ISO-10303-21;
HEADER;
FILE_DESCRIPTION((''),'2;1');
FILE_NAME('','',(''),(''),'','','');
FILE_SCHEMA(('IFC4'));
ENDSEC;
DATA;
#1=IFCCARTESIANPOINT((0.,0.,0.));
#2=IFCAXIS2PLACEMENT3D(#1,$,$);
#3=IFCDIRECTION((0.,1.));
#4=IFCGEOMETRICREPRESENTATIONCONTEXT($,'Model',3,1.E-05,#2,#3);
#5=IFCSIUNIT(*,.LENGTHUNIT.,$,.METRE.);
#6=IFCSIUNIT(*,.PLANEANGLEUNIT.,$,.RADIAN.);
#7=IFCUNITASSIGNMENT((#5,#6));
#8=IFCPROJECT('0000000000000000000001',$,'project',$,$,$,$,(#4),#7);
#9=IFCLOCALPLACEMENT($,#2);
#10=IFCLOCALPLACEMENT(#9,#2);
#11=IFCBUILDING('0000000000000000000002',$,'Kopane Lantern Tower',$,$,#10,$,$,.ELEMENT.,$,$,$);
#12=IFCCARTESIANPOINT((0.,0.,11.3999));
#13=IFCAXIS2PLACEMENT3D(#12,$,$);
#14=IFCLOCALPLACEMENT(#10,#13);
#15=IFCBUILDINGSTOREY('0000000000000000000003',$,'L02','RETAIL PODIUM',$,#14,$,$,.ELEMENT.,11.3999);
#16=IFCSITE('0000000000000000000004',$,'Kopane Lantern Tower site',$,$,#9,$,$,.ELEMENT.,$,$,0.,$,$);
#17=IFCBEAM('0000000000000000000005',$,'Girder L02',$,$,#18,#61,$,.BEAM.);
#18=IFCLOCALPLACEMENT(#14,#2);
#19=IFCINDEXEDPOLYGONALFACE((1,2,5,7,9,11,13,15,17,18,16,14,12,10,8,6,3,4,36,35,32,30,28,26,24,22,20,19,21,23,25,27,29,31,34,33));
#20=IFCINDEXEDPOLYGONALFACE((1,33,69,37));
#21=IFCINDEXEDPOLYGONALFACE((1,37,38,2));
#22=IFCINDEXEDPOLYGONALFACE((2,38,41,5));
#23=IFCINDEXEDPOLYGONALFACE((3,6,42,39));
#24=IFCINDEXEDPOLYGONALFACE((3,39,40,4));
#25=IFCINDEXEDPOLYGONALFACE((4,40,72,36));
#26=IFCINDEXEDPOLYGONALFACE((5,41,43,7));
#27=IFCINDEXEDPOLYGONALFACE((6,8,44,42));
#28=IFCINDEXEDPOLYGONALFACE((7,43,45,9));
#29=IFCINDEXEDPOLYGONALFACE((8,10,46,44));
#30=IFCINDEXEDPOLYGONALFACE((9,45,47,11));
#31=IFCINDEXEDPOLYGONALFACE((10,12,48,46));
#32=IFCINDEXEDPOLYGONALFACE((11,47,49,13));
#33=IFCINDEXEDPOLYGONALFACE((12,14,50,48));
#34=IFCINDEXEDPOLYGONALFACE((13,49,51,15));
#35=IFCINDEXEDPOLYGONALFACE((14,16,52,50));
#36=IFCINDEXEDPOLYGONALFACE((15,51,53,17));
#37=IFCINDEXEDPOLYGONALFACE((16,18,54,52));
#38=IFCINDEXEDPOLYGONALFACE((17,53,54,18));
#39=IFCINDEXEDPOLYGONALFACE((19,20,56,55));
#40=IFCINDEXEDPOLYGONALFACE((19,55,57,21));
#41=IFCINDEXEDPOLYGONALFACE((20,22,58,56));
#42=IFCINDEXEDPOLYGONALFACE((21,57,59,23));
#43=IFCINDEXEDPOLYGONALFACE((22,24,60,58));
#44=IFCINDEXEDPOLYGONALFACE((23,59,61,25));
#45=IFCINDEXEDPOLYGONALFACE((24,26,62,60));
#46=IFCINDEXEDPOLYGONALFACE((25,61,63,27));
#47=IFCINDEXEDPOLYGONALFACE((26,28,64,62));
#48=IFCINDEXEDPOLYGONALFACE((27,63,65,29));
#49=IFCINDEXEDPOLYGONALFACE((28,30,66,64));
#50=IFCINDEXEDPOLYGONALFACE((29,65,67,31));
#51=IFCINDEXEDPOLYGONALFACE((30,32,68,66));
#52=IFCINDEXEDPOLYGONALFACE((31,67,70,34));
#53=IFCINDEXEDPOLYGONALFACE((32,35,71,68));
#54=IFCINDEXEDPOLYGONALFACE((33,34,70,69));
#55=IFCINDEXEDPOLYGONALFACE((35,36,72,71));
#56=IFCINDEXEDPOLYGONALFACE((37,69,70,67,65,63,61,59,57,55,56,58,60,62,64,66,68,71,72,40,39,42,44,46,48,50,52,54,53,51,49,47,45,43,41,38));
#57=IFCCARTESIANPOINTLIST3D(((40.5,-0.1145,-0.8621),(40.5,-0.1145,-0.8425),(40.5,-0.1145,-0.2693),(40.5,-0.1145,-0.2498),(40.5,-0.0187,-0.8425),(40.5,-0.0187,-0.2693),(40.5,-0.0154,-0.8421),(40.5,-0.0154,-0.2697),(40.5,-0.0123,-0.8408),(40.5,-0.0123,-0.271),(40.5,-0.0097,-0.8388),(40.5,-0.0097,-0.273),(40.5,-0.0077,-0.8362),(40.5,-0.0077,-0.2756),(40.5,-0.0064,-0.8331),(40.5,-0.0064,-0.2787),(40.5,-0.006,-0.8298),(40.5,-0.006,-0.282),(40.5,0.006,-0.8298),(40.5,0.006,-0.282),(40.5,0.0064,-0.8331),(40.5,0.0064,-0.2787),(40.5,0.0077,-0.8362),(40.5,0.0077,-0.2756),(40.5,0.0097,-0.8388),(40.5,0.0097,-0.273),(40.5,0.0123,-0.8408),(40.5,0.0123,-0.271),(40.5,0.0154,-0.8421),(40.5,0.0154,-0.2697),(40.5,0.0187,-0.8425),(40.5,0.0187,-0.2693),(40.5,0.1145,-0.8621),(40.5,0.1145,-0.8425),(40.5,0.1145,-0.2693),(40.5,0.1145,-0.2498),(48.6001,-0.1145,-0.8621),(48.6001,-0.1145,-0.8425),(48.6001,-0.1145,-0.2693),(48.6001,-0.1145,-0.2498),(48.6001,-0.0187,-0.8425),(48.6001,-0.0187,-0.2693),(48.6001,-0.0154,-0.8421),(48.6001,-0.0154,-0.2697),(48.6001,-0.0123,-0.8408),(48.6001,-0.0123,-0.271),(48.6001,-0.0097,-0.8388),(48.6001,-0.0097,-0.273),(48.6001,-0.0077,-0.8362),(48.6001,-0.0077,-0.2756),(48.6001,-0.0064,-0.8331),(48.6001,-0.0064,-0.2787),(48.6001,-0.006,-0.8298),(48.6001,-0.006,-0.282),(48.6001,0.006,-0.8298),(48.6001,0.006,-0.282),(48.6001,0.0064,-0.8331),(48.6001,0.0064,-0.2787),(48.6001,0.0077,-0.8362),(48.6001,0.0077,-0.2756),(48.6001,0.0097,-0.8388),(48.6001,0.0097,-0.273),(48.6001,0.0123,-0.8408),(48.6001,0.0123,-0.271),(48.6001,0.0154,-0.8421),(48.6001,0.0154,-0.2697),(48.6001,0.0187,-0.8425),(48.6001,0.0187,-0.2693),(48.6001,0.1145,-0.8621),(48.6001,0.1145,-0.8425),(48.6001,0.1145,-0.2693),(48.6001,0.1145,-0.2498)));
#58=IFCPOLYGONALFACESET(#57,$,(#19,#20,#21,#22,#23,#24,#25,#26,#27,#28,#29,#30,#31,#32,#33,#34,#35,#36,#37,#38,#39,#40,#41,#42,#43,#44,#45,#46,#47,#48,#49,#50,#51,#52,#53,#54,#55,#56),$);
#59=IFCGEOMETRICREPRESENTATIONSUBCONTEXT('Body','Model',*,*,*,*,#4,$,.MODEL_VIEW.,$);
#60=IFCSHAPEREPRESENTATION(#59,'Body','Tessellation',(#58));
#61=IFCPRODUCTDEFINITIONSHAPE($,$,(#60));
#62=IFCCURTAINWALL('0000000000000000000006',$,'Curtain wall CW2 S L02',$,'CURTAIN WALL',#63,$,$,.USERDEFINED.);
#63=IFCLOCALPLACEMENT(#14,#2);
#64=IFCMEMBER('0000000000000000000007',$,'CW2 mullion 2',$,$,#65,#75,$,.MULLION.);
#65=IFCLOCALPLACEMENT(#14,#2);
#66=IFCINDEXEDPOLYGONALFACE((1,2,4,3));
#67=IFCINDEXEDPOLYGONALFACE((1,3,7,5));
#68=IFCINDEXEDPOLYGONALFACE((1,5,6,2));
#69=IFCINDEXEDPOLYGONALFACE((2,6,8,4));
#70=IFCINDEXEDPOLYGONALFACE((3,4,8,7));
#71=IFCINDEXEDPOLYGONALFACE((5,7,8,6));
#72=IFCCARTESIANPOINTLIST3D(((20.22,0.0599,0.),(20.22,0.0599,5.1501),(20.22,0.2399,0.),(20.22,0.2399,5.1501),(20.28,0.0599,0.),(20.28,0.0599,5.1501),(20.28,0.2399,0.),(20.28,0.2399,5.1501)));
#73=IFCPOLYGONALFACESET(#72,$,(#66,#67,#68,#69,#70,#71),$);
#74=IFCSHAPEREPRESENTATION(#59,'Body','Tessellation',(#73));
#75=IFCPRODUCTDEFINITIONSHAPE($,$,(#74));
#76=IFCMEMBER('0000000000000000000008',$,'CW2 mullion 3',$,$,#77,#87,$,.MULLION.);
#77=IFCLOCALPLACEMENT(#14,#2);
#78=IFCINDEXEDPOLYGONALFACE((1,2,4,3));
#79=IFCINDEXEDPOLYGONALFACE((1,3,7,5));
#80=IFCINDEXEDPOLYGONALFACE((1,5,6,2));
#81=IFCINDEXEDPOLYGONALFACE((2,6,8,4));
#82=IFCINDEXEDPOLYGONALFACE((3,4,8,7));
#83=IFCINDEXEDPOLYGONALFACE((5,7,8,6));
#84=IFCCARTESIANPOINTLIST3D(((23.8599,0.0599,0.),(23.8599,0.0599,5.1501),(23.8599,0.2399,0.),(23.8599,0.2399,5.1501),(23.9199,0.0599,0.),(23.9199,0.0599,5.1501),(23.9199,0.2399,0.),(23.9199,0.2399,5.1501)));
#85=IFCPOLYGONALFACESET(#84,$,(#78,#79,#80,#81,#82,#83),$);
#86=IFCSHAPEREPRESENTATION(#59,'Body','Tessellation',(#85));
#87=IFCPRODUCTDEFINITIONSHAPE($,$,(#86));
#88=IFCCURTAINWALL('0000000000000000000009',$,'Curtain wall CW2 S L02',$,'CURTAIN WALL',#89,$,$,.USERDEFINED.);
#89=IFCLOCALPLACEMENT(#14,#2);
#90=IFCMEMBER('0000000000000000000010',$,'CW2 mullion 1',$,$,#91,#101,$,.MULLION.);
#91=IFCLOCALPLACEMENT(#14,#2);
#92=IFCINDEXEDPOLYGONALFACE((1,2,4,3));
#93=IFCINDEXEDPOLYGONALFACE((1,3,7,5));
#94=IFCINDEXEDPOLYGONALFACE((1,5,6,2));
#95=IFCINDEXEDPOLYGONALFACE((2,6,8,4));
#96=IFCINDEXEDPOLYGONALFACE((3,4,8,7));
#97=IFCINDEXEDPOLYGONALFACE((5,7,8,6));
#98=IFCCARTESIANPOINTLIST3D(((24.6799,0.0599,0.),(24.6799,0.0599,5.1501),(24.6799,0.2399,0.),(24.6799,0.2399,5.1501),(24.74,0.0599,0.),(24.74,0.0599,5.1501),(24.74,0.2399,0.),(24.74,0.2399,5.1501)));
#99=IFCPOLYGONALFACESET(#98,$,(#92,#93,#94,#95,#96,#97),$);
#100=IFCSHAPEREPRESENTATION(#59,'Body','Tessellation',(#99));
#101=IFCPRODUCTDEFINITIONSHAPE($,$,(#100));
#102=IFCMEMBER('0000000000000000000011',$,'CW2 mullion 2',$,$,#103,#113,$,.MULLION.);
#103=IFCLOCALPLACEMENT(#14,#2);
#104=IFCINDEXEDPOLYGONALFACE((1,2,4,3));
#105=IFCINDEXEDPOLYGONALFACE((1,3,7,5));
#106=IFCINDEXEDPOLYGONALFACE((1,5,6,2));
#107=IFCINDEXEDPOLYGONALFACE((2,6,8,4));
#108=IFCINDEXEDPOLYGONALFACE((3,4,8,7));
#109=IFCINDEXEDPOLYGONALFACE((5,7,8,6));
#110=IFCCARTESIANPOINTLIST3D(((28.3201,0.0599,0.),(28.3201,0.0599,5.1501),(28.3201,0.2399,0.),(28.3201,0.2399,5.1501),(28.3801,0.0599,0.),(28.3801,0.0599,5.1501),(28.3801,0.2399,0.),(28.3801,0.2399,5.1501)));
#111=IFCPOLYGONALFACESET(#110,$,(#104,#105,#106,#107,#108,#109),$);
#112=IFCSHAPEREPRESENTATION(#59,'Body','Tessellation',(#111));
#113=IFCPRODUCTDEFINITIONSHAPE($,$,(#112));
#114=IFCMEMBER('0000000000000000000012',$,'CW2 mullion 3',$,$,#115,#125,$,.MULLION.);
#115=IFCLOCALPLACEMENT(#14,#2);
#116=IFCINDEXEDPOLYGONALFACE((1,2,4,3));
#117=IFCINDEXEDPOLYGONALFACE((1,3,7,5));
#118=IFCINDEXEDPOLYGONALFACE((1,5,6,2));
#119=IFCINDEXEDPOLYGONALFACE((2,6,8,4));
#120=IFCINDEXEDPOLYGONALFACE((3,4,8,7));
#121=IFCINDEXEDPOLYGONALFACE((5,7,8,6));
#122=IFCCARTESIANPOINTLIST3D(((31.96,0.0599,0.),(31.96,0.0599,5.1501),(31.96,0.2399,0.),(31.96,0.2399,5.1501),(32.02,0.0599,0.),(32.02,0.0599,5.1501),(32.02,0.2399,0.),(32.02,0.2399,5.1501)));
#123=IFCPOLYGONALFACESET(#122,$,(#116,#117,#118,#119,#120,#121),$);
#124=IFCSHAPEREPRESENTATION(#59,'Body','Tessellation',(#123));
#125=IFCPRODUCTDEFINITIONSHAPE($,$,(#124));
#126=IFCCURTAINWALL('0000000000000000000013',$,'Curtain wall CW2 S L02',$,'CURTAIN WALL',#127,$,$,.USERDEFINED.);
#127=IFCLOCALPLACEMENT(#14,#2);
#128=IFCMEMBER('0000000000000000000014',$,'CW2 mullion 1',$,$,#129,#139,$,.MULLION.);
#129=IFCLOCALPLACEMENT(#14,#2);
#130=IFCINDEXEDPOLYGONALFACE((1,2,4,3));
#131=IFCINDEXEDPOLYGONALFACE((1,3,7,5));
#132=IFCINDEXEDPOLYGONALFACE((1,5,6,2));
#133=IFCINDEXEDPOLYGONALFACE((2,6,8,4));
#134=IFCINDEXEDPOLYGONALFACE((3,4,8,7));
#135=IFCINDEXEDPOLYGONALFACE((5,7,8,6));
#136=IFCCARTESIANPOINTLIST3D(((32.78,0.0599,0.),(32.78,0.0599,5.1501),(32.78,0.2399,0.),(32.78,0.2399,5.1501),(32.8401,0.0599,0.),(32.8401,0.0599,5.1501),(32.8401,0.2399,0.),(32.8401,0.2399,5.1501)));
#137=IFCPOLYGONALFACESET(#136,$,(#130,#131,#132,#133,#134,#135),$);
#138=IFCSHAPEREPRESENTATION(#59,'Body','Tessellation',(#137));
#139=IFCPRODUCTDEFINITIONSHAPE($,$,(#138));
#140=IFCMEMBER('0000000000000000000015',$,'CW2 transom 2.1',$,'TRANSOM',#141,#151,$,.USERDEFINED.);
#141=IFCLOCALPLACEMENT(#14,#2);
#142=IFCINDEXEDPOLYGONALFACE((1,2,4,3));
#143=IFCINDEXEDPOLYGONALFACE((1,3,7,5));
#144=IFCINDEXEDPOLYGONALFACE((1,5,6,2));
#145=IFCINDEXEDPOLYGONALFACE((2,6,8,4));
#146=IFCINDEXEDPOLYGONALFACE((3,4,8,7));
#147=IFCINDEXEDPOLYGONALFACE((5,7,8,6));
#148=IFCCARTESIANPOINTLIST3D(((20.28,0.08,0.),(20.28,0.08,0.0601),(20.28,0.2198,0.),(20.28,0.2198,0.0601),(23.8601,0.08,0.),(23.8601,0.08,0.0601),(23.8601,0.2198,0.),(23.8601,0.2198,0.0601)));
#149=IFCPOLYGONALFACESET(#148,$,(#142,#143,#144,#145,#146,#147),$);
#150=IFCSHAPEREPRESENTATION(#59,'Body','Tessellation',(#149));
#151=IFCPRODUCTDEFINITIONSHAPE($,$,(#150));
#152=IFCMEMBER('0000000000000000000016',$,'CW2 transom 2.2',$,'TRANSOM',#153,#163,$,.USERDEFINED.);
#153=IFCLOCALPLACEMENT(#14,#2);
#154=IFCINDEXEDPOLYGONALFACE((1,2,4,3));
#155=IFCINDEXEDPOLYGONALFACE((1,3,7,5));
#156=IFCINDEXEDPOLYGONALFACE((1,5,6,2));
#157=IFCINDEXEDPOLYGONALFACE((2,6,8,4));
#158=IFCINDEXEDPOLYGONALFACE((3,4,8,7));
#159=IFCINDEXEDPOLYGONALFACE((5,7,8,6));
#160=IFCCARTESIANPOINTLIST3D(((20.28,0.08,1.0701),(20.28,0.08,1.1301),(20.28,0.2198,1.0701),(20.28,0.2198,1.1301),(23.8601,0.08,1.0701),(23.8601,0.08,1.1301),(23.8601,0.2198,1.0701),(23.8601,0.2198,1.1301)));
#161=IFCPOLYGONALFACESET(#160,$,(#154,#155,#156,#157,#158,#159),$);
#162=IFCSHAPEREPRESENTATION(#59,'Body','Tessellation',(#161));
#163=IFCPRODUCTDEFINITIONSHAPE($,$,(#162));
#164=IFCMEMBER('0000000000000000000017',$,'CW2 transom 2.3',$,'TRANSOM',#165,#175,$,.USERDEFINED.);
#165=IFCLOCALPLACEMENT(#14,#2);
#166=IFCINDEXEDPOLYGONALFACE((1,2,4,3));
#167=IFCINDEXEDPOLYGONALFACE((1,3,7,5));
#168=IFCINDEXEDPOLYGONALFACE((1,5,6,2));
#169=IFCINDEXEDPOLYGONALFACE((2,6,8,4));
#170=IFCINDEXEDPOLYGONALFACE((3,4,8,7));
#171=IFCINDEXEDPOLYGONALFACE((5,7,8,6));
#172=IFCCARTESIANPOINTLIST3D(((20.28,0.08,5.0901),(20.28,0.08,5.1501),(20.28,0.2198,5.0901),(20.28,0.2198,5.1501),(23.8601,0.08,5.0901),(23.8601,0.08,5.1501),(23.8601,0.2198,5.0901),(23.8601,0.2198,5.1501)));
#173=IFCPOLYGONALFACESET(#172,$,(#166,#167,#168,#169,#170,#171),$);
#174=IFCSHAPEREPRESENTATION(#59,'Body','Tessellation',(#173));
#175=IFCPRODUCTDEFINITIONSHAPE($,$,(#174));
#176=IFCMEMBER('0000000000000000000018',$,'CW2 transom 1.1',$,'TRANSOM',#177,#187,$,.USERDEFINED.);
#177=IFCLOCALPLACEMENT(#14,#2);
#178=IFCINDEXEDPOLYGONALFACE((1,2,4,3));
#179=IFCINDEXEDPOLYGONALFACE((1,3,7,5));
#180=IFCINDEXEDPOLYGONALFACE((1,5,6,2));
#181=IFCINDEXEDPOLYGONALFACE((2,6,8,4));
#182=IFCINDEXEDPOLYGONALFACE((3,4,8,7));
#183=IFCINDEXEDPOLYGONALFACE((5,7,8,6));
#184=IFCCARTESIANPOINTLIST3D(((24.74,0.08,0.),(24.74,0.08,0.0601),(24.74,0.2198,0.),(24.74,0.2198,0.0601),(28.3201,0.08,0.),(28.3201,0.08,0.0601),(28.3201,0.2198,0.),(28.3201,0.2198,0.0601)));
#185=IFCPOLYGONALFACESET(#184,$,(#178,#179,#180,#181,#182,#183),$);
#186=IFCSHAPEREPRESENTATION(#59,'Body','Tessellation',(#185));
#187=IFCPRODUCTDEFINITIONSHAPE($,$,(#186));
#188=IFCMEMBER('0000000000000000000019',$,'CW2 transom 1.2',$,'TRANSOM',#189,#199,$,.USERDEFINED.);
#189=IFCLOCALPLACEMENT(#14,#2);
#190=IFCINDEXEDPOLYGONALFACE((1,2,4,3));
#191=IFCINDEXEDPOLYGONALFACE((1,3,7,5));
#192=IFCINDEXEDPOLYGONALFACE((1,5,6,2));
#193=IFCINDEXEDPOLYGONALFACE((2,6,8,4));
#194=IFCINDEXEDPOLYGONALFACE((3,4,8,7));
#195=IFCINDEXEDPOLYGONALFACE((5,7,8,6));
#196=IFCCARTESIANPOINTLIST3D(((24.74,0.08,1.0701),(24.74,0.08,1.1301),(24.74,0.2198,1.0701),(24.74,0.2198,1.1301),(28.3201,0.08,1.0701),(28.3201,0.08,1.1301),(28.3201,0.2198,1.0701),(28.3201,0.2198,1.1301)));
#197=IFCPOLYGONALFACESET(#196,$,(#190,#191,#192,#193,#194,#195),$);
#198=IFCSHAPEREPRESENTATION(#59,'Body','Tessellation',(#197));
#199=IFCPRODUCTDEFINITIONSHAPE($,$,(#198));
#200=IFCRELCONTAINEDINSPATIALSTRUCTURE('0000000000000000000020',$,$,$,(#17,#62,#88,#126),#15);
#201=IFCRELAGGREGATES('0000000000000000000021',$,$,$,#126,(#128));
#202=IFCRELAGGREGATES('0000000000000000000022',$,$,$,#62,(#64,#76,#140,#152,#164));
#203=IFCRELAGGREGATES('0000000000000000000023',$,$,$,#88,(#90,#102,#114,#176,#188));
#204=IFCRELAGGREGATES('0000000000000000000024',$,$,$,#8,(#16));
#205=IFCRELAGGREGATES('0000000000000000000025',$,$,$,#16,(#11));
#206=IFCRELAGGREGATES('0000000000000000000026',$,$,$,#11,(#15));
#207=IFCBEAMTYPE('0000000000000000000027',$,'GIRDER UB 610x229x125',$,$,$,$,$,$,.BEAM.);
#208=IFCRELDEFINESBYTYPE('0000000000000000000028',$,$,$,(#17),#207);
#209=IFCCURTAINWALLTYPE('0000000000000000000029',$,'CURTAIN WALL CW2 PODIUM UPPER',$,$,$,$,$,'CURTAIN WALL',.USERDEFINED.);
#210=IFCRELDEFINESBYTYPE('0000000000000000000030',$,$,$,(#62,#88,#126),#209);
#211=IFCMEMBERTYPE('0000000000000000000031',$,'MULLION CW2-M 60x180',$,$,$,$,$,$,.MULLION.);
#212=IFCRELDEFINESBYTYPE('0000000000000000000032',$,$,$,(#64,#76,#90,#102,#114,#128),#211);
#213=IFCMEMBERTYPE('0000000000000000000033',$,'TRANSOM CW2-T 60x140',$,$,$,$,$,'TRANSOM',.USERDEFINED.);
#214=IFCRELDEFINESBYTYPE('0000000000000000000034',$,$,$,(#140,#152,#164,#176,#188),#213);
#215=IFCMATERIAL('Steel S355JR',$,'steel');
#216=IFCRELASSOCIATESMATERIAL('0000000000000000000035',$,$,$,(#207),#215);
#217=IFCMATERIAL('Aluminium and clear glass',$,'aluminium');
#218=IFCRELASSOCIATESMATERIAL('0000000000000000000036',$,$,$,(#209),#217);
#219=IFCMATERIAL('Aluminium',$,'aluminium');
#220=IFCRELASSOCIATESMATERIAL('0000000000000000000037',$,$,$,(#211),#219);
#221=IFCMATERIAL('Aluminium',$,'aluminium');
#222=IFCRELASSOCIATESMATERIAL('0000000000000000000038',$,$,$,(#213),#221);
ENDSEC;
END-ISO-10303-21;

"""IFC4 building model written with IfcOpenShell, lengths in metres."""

from ifc_helpers import new_model, si_unit, direction, frame, origin, origin_2d, place, context, subcontext, project, spatial, rectangle, i_section, extrude, material, material_profile, profile_set, type_object, element, aggregate, save


model = new_model("IFC4")

# Units and contexts
model_context = context("Model", 3, precision=1e-05, world=origin(), true_north=direction((0.0, 1.0)))
body_context = subcontext(model_context, "Body", "Model", "MODEL_VIEW")
ifc_project = project(units=[si_unit("LENGTHUNIT", "METRE"), si_unit("PLANEANGLEUNIT", "RADIAN")], contexts=[model_context])

# Site, building, storey
site_placement = place(None, origin())
site = spatial("IfcSite", under=ifc_project, at=site_placement, Name="Kopane Lantern Tower site", CompositionType="ELEMENT", RefElevation=0.0)
building_placement = place(site_placement, origin())
building = spatial("IfcBuilding", under=site, at=building_placement, Name="Kopane Lantern Tower", CompositionType="ELEMENT")
storey_placement = place(building_placement, frame((0.0, 0.0, 11.3999)))
storey = spatial("IfcBuildingStorey", under=building, at=storey_placement, Name="L02", Description="RETAIL PODIUM", CompositionType="ELEMENT", Elevation=11.3999)

# Beam
ifc_material_1 = material(Name="Steel S355JR", Category="steel")
ifc_material_profile_1 = material_profile(ifc_material_1, i_section(OverallWidth=0.229, OverallDepth=0.6123, WebThickness=0.012, FlangeThickness=0.0195, FilletRadius=0.0127, at=origin_2d()), Name="UB 610x229x125")
ifc_profile_set_1 = profile_set([ifc_material_profile_1], Name="Steel S355JR")
beam_type = type_object("IfcBeamType", Name="GIRDER UB 610x229x125", PredefinedType="BEAM", material=ifc_profile_set_1)
for number, where, z_axis, x_axis, name in (
    (1, (40.5, 0.0, -0.5559), (1.0, 0.0, 0.0), (0.0, 1.0, 0.0), "Girder L02"),
):
    element("IfcBeam", number, at=place(storey_placement, frame(where, z_axis=z_axis, x_axis=x_axis)), inside=storey, type_object=beam_type, Name=name, PredefinedType="BEAM", context=body_context, shape_type="SweptSolid", body=[
        extrude(i_section(OverallWidth=0.229, OverallDepth=0.6123, WebThickness=0.012, FlangeThickness=0.0195, FilletRadius=0.0127, at=origin_2d()), origin(), (0.0, 0.0, 1.0), 8.1001),
    ])

# Curtain walls, members
ifc_material_2 = material(Name="Aluminium and clear glass", Category="aluminium")
curtain_wall_type = type_object("IfcCurtainWallType", Name="CURTAIN WALL CW2 PODIUM UPPER", ElementType="CURTAIN WALL", PredefinedType="USERDEFINED", material=ifc_material_2)
curtain_wall_1_placement = place(storey_placement, origin())
curtain_wall_1 = element("IfcCurtainWall", 2, at=curtain_wall_1_placement, inside=storey, type_object=curtain_wall_type, Name="Curtain wall CW2 S L02", ObjectType="CURTAIN WALL", PredefinedType="USERDEFINED")
ifc_material_3 = material(Name="Aluminium", Category="aluminium")
ifc_material_profile_2 = material_profile(ifc_material_3, rectangle(XDim=0.0601, YDim=0.1799, at=origin_2d()), Name="AL 60x180")
ifc_profile_set_2 = profile_set([ifc_material_profile_2], Name="Aluminium")
member_type_1 = type_object("IfcMemberType", Name="MULLION CW2-M 60x180", PredefinedType="MULLION", material=ifc_profile_set_2)
member_1_placement = place(storey_placement, frame((20.25, 0.1499, 0.0), z_axis=(0.0, 0.0, 1.0), x_axis=(1.0, 0.0, 0.0)))
member_1 = element("IfcMember", 3, at=member_1_placement, type_object=member_type_1, Name="CW2 mullion 2", PredefinedType="MULLION", context=body_context, shape_type="SweptSolid", body=[
    extrude(rectangle(XDim=0.0601, YDim=0.1799, at=origin_2d()), origin(), (0.0, 0.0, 1.0), 5.1501),
])
member_2_placement = place(storey_placement, frame((23.8899, 0.1499, 0.0), z_axis=(0.0, 0.0, 1.0), x_axis=(1.0, 0.0, 0.0)))
member_2 = element("IfcMember", 4, at=member_2_placement, type_object=member_type_1, Name="CW2 mullion 3", PredefinedType="MULLION", context=body_context, shape_type="SweptSolid", body=[
    extrude(rectangle(XDim=0.0601, YDim=0.1799, at=origin_2d()), origin(), (0.0, 0.0, 1.0), 5.1501),
])
curtain_wall_2_placement = place(storey_placement, origin())
curtain_wall_2 = element("IfcCurtainWall", 5, at=curtain_wall_2_placement, inside=storey, type_object=curtain_wall_type, Name="Curtain wall CW2 S L02", ObjectType="CURTAIN WALL", PredefinedType="USERDEFINED")
member_3_placement = place(storey_placement, frame((24.71, 0.1499, 0.0), z_axis=(0.0, 0.0, 1.0), x_axis=(1.0, 0.0, 0.0)))
member_3 = element("IfcMember", 6, at=member_3_placement, type_object=member_type_1, Name="CW2 mullion 1", PredefinedType="MULLION", context=body_context, shape_type="SweptSolid", body=[
    extrude(rectangle(XDim=0.0601, YDim=0.1799, at=origin_2d()), origin(), (0.0, 0.0, 1.0), 5.1501),
])
member_4_placement = place(storey_placement, frame((28.3501, 0.1499, 0.0), z_axis=(0.0, 0.0, 1.0), x_axis=(1.0, 0.0, 0.0)))
member_4 = element("IfcMember", 7, at=member_4_placement, type_object=member_type_1, Name="CW2 mullion 2", PredefinedType="MULLION", context=body_context, shape_type="SweptSolid", body=[
    extrude(rectangle(XDim=0.0601, YDim=0.1799, at=origin_2d()), origin(), (0.0, 0.0, 1.0), 5.1501),
])
member_5_placement = place(storey_placement, frame((31.99, 0.1499, 0.0), z_axis=(0.0, 0.0, 1.0), x_axis=(1.0, 0.0, 0.0)))
member_5 = element("IfcMember", 8, at=member_5_placement, type_object=member_type_1, Name="CW2 mullion 3", PredefinedType="MULLION", context=body_context, shape_type="SweptSolid", body=[
    extrude(rectangle(XDim=0.0601, YDim=0.1799, at=origin_2d()), origin(), (0.0, 0.0, 1.0), 5.1501),
])

# Curtain wall, member
curtain_wall_3_placement = place(storey_placement, origin())
curtain_wall_3 = element("IfcCurtainWall", 9, at=curtain_wall_3_placement, inside=storey, type_object=curtain_wall_type, Name="Curtain wall CW2 S L02", ObjectType="CURTAIN WALL", PredefinedType="USERDEFINED")
member_6_placement = place(storey_placement, frame((32.8101, 0.1499, 0.0), z_axis=(0.0, 0.0, 1.0), x_axis=(1.0, 0.0, 0.0)))
member_6 = element("IfcMember", 10, at=member_6_placement, type_object=member_type_1, Name="CW2 mullion 1", PredefinedType="MULLION", context=body_context, shape_type="SweptSolid", body=[
    extrude(rectangle(XDim=0.0601, YDim=0.1799, at=origin_2d()), origin(), (0.0, 0.0, 1.0), 5.1501),
])

# Members
ifc_material_4 = material(Name="Aluminium", Category="aluminium")
ifc_material_profile_3 = material_profile(ifc_material_4, rectangle(XDim=0.1399, YDim=0.0601, at=origin_2d()), Name="AL 140x60")
ifc_profile_set_3 = profile_set([ifc_material_profile_3], Name="Aluminium")
member_type_2 = type_object("IfcMemberType", Name="TRANSOM CW2-T 60x140", ElementType="TRANSOM", PredefinedType="USERDEFINED", material=ifc_profile_set_3)
member_7_placement = place(storey_placement, frame((20.28, 0.1499, 0.03), z_axis=(1.0, 0.0, 0.0), x_axis=(0.0, 1.0, 0.0)))
member_7 = element("IfcMember", 11, at=member_7_placement, type_object=member_type_2, Name="CW2 transom 2.1", ObjectType="TRANSOM", PredefinedType="USERDEFINED", context=body_context, shape_type="SweptSolid", body=[
    extrude(rectangle(XDim=0.1399, YDim=0.0601, at=origin_2d()), origin(), (0.0, 0.0, 1.0), 3.5801),
])
member_8_placement = place(storey_placement, frame((20.28, 0.1499, 1.1001), z_axis=(1.0, 0.0, 0.0), x_axis=(0.0, 1.0, 0.0)))
member_8 = element("IfcMember", 12, at=member_8_placement, type_object=member_type_2, Name="CW2 transom 2.2", ObjectType="TRANSOM", PredefinedType="USERDEFINED", context=body_context, shape_type="SweptSolid", body=[
    extrude(rectangle(XDim=0.1399, YDim=0.0601, at=origin_2d()), origin(), (0.0, 0.0, 1.0), 3.5801),
])
member_9_placement = place(storey_placement, frame((20.28, 0.1499, 5.1201), z_axis=(1.0, 0.0, 0.0), x_axis=(0.0, 1.0, 0.0)))
member_9 = element("IfcMember", 13, at=member_9_placement, type_object=member_type_2, Name="CW2 transom 2.3", ObjectType="TRANSOM", PredefinedType="USERDEFINED", context=body_context, shape_type="SweptSolid", body=[
    extrude(rectangle(XDim=0.1399, YDim=0.0601, at=origin_2d()), origin(), (0.0, 0.0, 1.0), 3.5801),
])
member_10_placement = place(storey_placement, frame((24.74, 0.1499, 0.03), z_axis=(1.0, 0.0, 0.0), x_axis=(0.0, 1.0, 0.0)))
member_10 = element("IfcMember", 14, at=member_10_placement, type_object=member_type_2, Name="CW2 transom 1.1", ObjectType="TRANSOM", PredefinedType="USERDEFINED", context=body_context, shape_type="SweptSolid", body=[
    extrude(rectangle(XDim=0.1399, YDim=0.0601, at=origin_2d()), origin(), (0.0, 0.0, 1.0), 3.5801),
])
member_11_placement = place(storey_placement, frame((24.74, 0.1499, 1.1001), z_axis=(1.0, 0.0, 0.0), x_axis=(0.0, 1.0, 0.0)))
member_11 = element("IfcMember", 15, at=member_11_placement, type_object=member_type_2, Name="CW2 transom 1.2", ObjectType="TRANSOM", PredefinedType="USERDEFINED", context=body_context, shape_type="SweptSolid", body=[
    extrude(rectangle(XDim=0.1399, YDim=0.0601, at=origin_2d()), origin(), (0.0, 0.0, 1.0), 3.5801),
])
aggregate(curtain_wall_3, [member_6])

aggregate(curtain_wall_1, [member_1, member_2, member_7, member_8, member_9])
aggregate(curtain_wall_2, [member_3, member_4, member_5, member_10, member_11])

save(model, "model.ifc")
